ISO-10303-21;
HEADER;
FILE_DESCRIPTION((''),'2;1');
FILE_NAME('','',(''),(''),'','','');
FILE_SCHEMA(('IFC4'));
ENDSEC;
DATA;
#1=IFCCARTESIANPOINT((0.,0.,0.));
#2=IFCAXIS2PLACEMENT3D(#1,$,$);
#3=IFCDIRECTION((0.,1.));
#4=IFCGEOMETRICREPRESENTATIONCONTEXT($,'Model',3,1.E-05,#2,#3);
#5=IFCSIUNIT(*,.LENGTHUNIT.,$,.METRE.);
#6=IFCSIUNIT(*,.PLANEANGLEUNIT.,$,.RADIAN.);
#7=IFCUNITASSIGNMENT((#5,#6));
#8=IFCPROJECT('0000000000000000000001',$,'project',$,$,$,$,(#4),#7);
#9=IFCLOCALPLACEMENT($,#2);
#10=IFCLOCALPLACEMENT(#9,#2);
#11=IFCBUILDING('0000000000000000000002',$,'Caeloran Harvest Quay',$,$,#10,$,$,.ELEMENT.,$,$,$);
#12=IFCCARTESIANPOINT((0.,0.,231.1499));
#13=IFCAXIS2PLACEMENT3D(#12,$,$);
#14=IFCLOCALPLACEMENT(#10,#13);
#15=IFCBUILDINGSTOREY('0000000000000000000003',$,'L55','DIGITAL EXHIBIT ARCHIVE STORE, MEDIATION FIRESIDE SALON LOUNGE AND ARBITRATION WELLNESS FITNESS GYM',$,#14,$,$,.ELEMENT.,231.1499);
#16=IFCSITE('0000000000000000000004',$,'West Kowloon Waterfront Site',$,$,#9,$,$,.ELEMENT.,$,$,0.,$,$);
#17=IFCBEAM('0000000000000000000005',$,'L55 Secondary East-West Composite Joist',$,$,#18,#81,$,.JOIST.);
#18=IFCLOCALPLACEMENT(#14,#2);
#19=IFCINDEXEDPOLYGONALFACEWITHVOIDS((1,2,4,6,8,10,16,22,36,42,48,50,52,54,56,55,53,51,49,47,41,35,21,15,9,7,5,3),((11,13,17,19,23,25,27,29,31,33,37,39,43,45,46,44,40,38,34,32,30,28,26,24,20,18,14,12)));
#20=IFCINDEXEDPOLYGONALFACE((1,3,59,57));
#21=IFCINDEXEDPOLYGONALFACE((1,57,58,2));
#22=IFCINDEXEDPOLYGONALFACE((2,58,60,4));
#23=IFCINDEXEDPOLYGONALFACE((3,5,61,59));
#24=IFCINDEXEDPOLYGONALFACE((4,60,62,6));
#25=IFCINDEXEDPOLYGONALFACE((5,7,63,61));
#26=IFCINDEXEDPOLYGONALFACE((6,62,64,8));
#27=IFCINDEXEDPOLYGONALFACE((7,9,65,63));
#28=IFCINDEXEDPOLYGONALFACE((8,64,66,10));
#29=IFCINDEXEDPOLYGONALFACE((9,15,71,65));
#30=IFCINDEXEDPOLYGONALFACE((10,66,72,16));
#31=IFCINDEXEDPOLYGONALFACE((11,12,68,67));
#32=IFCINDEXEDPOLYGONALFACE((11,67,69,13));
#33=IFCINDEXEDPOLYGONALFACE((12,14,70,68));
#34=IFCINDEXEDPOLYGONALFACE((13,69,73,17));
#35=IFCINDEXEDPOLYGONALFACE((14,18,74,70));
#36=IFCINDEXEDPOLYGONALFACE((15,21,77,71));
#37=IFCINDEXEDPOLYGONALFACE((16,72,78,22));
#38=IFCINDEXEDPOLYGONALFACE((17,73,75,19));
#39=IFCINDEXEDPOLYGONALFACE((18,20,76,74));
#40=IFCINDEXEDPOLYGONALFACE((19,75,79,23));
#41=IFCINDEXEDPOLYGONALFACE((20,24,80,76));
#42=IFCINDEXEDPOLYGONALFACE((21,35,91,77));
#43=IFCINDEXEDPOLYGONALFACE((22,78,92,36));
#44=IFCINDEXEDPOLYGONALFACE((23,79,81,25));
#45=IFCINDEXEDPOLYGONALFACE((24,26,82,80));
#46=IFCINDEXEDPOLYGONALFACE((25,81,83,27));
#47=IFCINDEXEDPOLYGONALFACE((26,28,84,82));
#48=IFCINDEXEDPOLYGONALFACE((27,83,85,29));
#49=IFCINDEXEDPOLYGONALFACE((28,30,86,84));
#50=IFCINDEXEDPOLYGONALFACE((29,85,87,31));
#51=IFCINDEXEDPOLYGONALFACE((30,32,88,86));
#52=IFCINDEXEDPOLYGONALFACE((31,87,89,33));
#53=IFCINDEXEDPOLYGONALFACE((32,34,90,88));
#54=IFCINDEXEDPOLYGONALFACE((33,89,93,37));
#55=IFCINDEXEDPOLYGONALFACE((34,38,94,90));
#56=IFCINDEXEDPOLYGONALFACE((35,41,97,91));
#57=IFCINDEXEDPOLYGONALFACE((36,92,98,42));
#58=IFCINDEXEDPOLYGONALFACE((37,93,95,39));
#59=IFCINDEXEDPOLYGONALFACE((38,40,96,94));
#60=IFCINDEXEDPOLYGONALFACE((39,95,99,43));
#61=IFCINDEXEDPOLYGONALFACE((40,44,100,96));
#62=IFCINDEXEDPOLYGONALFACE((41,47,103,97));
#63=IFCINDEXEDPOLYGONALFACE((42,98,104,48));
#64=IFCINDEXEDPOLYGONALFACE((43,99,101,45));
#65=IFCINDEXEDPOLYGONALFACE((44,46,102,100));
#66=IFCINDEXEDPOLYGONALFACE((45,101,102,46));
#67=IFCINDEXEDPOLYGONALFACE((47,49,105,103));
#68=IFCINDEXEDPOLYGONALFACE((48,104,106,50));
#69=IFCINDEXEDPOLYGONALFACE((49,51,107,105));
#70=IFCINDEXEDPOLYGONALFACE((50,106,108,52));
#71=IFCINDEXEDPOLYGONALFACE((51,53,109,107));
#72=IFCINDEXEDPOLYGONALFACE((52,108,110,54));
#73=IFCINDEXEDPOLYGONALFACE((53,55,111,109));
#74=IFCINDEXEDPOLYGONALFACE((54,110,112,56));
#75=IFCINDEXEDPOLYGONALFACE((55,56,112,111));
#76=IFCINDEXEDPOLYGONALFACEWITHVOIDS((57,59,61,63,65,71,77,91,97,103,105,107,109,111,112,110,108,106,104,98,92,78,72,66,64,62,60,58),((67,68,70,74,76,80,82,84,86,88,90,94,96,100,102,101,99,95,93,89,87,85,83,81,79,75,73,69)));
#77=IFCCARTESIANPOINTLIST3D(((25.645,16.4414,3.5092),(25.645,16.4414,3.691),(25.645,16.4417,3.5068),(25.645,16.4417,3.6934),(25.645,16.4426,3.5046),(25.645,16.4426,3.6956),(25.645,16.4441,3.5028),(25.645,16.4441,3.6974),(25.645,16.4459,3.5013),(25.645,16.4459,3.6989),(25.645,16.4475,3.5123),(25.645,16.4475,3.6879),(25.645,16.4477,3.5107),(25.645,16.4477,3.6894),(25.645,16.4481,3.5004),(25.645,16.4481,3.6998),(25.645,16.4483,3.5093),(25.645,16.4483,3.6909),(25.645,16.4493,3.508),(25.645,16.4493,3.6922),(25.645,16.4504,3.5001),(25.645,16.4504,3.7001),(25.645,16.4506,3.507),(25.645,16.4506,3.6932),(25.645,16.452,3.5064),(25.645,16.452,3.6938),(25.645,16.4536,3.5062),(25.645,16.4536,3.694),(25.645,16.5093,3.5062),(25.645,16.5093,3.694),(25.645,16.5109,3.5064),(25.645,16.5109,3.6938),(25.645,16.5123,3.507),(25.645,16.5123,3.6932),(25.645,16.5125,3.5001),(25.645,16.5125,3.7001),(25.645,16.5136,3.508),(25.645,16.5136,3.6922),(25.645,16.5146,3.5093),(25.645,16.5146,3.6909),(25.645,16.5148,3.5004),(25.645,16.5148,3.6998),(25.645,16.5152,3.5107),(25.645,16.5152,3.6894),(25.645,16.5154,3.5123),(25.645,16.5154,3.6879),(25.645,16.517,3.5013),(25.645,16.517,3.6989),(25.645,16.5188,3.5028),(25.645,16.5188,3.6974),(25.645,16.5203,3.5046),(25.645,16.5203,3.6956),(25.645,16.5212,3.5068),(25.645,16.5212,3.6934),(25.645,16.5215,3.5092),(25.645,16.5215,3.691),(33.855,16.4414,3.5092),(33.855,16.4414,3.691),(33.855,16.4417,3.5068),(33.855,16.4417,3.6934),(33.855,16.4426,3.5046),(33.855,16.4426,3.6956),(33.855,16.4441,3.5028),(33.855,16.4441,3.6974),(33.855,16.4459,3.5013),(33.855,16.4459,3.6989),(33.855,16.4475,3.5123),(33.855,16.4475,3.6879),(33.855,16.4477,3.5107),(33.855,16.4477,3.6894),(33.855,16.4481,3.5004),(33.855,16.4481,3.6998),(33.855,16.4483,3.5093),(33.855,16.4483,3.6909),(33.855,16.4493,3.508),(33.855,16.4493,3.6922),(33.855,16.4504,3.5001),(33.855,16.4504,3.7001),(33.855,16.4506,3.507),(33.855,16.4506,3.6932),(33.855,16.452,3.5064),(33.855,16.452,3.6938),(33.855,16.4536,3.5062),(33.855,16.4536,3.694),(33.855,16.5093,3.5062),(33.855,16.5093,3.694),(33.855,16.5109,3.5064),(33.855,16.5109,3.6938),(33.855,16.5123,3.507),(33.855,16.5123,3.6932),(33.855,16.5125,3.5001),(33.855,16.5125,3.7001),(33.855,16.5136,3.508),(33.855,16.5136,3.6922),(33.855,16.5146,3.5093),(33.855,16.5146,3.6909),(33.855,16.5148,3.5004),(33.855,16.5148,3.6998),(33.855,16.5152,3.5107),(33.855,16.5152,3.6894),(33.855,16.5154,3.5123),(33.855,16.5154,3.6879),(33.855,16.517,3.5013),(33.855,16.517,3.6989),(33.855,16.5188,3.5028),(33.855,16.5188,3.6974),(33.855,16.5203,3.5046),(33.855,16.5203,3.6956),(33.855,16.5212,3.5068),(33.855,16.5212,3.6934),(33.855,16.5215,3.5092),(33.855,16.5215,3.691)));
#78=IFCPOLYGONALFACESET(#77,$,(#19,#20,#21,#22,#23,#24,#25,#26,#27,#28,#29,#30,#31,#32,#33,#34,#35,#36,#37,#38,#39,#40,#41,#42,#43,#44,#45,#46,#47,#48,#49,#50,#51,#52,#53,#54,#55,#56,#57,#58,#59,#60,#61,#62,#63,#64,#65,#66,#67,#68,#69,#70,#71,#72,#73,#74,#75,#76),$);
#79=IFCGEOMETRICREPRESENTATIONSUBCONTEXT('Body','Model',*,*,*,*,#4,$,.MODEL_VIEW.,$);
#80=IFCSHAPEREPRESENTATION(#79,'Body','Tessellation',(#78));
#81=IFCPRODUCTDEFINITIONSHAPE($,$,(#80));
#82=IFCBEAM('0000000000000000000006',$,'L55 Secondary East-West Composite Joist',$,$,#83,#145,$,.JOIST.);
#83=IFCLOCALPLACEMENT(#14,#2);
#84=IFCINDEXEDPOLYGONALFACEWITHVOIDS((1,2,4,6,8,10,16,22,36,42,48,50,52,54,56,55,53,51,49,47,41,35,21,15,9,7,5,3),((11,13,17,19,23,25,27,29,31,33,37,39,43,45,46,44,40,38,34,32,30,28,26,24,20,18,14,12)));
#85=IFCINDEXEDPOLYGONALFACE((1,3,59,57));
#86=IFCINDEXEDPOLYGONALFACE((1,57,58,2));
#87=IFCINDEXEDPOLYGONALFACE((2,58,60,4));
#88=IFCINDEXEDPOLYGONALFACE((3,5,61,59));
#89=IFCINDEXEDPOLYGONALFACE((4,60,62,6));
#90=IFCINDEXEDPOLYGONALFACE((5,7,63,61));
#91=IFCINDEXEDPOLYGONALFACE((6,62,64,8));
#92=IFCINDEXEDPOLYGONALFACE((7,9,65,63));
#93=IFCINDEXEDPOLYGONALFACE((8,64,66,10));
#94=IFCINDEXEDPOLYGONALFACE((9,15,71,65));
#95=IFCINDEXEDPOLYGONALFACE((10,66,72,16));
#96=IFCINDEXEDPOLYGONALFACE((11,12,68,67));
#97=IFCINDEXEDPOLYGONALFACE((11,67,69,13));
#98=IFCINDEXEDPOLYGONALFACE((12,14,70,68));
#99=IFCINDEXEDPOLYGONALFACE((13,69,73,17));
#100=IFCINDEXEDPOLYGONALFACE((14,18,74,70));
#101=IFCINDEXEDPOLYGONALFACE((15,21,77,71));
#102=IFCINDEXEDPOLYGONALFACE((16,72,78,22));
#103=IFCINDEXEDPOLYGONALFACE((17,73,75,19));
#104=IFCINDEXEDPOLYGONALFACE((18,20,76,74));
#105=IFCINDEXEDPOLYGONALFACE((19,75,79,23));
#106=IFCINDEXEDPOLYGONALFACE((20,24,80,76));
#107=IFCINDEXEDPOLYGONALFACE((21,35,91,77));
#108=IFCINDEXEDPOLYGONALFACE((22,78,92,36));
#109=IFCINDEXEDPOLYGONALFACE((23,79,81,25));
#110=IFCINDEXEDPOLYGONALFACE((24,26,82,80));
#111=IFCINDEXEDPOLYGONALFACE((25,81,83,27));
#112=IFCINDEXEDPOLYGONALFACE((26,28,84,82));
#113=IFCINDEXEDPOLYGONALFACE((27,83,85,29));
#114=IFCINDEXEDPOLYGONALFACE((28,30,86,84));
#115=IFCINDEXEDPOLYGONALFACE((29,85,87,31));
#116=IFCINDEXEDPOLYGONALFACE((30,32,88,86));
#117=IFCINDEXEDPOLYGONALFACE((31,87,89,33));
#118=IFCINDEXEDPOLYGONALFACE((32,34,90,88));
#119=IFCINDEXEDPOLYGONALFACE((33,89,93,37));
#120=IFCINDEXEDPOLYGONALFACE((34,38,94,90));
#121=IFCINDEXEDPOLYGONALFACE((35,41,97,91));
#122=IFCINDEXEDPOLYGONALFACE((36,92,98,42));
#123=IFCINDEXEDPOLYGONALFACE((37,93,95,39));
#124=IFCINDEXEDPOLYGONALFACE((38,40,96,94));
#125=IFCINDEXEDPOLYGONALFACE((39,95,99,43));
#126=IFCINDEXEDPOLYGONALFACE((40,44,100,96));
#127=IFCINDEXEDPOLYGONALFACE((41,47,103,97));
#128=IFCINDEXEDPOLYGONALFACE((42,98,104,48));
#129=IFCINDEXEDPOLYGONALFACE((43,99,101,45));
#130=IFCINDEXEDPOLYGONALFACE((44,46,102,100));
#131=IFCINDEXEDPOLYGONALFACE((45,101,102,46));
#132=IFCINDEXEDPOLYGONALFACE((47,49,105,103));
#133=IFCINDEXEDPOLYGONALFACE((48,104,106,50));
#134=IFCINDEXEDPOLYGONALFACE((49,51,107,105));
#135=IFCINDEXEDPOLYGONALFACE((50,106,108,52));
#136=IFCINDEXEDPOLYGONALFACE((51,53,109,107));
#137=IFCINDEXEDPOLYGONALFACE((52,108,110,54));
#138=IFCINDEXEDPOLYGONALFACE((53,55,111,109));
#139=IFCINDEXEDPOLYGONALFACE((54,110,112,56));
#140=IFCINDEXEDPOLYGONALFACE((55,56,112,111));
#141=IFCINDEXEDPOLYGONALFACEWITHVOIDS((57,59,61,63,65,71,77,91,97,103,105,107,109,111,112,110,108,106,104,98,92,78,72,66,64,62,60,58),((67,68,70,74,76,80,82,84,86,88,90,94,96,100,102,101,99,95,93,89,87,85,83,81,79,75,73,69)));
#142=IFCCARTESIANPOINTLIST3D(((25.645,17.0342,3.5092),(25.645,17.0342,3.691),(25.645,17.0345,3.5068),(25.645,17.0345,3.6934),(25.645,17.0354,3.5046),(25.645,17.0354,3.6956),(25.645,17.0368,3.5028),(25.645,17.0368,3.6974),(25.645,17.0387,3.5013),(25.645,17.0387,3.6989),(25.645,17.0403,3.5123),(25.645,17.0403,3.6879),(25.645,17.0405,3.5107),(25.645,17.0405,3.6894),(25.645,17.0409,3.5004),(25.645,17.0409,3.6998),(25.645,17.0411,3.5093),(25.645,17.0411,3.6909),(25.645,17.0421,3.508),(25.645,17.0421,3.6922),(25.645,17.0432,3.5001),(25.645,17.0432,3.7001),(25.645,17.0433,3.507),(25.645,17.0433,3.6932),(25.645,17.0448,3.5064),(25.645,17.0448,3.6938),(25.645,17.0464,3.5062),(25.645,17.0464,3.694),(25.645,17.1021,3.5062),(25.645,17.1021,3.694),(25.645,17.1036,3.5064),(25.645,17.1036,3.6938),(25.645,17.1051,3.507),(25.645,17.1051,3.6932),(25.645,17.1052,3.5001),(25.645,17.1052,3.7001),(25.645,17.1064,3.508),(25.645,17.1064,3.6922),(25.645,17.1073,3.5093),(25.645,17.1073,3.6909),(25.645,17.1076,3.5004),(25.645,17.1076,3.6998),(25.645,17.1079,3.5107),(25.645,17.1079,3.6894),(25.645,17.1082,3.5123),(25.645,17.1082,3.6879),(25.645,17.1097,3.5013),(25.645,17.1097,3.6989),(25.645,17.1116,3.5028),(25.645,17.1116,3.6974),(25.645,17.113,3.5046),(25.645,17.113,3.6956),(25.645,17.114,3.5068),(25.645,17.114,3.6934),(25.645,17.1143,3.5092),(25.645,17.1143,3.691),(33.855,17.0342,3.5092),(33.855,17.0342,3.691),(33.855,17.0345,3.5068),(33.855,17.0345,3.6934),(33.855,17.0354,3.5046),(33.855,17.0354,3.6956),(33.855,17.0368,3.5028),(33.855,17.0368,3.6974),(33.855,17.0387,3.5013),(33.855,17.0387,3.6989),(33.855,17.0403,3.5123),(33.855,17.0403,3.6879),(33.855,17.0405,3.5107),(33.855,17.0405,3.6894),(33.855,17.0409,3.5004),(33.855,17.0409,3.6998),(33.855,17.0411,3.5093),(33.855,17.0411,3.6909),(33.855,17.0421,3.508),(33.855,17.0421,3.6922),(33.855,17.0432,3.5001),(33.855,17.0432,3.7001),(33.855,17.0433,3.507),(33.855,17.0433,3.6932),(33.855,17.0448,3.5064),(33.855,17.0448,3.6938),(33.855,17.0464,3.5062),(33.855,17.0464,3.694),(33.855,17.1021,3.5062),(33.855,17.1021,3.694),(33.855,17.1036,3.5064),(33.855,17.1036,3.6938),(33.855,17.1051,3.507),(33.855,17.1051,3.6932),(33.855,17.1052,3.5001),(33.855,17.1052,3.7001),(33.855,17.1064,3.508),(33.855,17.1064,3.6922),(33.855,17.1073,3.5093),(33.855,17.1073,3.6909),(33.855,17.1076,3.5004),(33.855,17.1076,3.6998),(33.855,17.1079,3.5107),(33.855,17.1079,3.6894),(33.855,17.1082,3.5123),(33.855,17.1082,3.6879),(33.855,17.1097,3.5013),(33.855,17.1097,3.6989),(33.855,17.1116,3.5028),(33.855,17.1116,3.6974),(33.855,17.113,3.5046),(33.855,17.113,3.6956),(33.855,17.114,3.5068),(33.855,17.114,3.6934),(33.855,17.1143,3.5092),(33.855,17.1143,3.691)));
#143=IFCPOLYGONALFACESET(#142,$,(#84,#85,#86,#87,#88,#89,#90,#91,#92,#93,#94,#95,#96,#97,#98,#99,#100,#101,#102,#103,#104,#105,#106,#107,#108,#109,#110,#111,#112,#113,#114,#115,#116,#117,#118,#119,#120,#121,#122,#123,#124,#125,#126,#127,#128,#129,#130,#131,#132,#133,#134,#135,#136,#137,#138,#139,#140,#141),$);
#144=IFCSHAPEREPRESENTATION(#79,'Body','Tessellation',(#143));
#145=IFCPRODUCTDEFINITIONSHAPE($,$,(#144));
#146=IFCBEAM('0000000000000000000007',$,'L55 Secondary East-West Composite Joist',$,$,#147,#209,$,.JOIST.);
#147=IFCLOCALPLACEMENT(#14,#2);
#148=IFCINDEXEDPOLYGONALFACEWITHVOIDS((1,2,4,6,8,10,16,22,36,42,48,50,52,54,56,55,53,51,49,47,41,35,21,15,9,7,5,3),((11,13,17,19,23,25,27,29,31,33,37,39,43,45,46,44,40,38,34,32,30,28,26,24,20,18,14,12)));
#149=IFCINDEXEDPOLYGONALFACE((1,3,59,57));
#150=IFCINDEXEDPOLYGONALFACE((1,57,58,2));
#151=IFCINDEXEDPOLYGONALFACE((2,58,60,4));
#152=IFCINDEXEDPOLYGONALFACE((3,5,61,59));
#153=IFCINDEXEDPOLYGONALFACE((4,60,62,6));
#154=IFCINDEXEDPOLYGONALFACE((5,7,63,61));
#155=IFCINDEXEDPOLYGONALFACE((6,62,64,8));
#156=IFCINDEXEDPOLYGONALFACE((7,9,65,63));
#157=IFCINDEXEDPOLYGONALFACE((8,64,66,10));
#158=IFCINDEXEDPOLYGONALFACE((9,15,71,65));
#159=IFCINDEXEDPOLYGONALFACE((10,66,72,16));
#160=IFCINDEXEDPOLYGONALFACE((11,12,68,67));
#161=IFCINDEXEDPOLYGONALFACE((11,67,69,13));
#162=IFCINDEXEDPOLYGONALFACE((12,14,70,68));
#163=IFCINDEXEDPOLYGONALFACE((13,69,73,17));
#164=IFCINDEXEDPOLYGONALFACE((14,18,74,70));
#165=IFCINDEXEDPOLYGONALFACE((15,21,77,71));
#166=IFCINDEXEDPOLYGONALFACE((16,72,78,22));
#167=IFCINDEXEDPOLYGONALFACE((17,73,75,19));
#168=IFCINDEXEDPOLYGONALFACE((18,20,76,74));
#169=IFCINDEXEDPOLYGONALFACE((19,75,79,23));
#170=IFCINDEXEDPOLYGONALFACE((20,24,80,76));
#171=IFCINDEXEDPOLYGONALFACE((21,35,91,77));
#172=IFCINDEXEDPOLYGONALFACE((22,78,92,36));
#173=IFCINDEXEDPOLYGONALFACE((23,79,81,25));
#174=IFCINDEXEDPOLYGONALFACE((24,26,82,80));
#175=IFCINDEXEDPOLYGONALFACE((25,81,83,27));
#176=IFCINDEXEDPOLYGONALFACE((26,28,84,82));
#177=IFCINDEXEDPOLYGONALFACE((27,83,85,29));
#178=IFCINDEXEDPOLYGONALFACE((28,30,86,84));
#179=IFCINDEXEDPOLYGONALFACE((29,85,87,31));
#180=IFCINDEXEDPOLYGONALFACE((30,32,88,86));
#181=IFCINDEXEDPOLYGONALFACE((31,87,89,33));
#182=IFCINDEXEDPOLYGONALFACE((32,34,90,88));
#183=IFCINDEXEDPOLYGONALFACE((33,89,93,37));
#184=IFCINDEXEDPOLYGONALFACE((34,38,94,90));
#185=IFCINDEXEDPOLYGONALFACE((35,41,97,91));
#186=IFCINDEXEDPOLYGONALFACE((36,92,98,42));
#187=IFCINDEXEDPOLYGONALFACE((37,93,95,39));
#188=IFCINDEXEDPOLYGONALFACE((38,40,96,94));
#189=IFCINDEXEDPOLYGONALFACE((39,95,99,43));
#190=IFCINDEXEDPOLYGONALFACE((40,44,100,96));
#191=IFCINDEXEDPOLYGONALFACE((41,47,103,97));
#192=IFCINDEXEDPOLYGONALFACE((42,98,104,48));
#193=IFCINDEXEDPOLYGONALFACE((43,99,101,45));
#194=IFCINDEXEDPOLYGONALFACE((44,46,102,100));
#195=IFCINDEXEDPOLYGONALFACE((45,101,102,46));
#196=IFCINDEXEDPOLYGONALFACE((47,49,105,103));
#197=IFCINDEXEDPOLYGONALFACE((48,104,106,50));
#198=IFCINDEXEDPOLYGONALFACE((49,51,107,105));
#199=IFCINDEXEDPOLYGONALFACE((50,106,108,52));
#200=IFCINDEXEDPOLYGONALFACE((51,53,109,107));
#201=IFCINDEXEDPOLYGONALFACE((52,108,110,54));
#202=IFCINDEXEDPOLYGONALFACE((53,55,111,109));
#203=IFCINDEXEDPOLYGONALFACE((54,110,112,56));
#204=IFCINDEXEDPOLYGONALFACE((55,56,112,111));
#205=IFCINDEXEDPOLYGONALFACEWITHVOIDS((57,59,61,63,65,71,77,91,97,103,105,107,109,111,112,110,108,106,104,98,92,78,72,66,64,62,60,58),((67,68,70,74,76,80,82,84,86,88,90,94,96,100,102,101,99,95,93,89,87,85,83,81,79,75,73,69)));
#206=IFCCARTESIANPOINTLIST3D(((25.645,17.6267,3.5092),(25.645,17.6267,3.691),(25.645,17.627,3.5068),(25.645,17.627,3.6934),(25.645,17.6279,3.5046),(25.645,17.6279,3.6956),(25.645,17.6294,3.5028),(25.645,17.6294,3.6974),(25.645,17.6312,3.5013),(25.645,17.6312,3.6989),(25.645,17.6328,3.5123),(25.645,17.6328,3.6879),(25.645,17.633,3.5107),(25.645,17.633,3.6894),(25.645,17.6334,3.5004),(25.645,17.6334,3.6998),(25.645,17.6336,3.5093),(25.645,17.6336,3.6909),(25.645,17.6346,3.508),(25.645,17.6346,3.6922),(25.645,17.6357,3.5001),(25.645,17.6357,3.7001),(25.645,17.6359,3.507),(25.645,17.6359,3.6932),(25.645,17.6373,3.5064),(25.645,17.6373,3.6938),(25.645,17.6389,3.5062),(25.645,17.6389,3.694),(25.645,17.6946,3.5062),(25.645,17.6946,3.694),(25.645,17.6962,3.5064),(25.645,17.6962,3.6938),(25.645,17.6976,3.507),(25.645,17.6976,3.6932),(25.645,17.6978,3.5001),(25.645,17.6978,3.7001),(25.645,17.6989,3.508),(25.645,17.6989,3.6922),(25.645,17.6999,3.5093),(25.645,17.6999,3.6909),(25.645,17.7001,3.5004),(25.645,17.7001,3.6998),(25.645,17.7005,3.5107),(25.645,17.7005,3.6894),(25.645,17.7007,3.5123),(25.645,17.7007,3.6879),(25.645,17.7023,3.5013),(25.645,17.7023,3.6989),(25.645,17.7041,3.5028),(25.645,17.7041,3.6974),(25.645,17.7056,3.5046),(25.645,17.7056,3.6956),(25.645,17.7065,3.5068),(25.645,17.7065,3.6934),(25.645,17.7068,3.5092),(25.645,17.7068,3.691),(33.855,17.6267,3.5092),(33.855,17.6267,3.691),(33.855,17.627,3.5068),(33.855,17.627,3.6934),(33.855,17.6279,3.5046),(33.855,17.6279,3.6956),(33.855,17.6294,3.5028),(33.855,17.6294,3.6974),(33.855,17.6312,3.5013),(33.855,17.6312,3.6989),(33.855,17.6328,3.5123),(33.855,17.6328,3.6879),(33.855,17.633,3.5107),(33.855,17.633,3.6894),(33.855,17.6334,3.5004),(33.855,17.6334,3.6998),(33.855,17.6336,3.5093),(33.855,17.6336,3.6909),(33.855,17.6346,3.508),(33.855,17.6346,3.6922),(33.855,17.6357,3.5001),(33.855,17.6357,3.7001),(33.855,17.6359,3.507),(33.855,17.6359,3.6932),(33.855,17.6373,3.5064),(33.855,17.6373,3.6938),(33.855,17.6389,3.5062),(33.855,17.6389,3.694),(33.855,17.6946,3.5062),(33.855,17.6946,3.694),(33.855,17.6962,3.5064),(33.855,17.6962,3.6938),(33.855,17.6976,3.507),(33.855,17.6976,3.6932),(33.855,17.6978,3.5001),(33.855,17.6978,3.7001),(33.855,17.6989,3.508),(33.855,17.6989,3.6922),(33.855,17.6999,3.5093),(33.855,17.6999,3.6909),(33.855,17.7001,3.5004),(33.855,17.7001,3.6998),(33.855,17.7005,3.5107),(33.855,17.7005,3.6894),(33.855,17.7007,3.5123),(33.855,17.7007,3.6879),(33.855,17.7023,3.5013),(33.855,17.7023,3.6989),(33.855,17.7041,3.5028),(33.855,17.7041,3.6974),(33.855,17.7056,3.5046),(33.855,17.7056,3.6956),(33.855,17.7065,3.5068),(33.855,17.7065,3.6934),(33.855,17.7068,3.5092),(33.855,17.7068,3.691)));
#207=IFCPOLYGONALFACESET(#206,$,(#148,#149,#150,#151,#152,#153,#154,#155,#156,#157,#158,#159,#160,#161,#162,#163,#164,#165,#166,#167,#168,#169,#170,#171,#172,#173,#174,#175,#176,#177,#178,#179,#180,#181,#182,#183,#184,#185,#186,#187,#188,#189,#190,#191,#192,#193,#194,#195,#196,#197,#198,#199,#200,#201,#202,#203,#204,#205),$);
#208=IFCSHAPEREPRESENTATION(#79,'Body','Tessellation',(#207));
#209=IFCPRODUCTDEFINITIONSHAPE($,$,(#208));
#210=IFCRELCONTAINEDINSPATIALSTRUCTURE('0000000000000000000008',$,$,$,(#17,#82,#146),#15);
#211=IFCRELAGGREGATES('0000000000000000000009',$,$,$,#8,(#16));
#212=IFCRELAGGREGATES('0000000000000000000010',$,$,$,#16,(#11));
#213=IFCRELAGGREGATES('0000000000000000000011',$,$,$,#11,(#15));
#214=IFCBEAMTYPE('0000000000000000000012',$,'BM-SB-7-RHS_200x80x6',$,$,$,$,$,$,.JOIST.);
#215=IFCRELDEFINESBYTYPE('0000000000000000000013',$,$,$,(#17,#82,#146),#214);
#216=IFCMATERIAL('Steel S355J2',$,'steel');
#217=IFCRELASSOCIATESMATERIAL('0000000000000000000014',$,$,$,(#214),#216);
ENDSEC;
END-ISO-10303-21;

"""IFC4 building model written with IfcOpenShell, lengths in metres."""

from ifc_helpers import new_model, si_unit, direction, frame, origin, origin_2d, place, context, subcontext, project, spatial, hollow_rectangle, extrude, material, material_profile, profile_set, type_object, element, save


model = new_model("IFC4")

# Units and contexts
model_context = context("Model", 3, precision=1e-05, world=origin(), true_north=direction((0.0, 1.0)))
body_context = subcontext(model_context, "Body", "Model", "MODEL_VIEW")
ifc_project = project(units=[si_unit("LENGTHUNIT", "METRE"), si_unit("PLANEANGLEUNIT", "RADIAN")], contexts=[model_context])

# Site, building, storey
site_placement = place(None, origin())
site = spatial("IfcSite", under=ifc_project, at=site_placement, Name="West Kowloon Waterfront Site", CompositionType="ELEMENT", RefElevation=0.0)
building_placement = place(site_placement, origin())
building = spatial("IfcBuilding", under=site, at=building_placement, Name="Caeloran Harvest Quay", CompositionType="ELEMENT")
storey_placement = place(building_placement, frame((0.0, 0.0, 231.1499)))
storey = spatial("IfcBuildingStorey", under=building, at=storey_placement, Name="L55", Description="DIGITAL EXHIBIT ARCHIVE STORE, MEDIATION FIRESIDE SALON LOUNGE AND ARBITRATION WELLNESS FITNESS GYM", CompositionType="ELEMENT", Elevation=231.1499)

# Beams
ifc_material_1 = material(Name="Steel S355J2", Category="steel")
ifc_material_profile_1 = material_profile(ifc_material_1, hollow_rectangle(XDim=0.0801, YDim=0.2, WallThickness=0.0061, InnerFilletRadius=0.0061, OuterFilletRadius=0.009, at=origin_2d()), Name="RHS 200x80x6")
ifc_profile_set_1 = profile_set([ifc_material_profile_1], Name="Steel S355J2")
beam_type_1 = type_object("IfcBeamType", Name="BM-SB-7-RHS_200x80x6", PredefinedType="JOIST", material=ifc_profile_set_1)
for number, where, z_axis, x_axis, name in (
    (1, (25.645, 16.4814, 3.6001), (1.0, 0.0, 0.0), (0.0, 1.0, 0.0), "L55 Secondary East-West Composite Joist"),
    (2, (25.645, 17.0742, 3.6001), (1.0, 0.0, 0.0), (0.0, 1.0, 0.0), "L55 Secondary East-West Composite Joist"),
    (3, (25.645, 17.6667, 3.6001), (1.0, 0.0, 0.0), (0.0, 1.0, 0.0), "L55 Secondary East-West Composite Joist"),
):
    element("IfcBeam", number, at=place(storey_placement, frame(where, z_axis=z_axis, x_axis=x_axis)), inside=storey, type_object=beam_type_1, Name=name, PredefinedType="JOIST", context=body_context, shape_type="SweptSolid", body=[
        extrude(hollow_rectangle(XDim=0.0801, YDim=0.2, WallThickness=0.0061, InnerFilletRadius=0.0061, OuterFilletRadius=0.009, at=origin_2d()), origin(), (0.0, 0.0, 1.0), 8.21),
    ])

save(model, "model.ifc")
